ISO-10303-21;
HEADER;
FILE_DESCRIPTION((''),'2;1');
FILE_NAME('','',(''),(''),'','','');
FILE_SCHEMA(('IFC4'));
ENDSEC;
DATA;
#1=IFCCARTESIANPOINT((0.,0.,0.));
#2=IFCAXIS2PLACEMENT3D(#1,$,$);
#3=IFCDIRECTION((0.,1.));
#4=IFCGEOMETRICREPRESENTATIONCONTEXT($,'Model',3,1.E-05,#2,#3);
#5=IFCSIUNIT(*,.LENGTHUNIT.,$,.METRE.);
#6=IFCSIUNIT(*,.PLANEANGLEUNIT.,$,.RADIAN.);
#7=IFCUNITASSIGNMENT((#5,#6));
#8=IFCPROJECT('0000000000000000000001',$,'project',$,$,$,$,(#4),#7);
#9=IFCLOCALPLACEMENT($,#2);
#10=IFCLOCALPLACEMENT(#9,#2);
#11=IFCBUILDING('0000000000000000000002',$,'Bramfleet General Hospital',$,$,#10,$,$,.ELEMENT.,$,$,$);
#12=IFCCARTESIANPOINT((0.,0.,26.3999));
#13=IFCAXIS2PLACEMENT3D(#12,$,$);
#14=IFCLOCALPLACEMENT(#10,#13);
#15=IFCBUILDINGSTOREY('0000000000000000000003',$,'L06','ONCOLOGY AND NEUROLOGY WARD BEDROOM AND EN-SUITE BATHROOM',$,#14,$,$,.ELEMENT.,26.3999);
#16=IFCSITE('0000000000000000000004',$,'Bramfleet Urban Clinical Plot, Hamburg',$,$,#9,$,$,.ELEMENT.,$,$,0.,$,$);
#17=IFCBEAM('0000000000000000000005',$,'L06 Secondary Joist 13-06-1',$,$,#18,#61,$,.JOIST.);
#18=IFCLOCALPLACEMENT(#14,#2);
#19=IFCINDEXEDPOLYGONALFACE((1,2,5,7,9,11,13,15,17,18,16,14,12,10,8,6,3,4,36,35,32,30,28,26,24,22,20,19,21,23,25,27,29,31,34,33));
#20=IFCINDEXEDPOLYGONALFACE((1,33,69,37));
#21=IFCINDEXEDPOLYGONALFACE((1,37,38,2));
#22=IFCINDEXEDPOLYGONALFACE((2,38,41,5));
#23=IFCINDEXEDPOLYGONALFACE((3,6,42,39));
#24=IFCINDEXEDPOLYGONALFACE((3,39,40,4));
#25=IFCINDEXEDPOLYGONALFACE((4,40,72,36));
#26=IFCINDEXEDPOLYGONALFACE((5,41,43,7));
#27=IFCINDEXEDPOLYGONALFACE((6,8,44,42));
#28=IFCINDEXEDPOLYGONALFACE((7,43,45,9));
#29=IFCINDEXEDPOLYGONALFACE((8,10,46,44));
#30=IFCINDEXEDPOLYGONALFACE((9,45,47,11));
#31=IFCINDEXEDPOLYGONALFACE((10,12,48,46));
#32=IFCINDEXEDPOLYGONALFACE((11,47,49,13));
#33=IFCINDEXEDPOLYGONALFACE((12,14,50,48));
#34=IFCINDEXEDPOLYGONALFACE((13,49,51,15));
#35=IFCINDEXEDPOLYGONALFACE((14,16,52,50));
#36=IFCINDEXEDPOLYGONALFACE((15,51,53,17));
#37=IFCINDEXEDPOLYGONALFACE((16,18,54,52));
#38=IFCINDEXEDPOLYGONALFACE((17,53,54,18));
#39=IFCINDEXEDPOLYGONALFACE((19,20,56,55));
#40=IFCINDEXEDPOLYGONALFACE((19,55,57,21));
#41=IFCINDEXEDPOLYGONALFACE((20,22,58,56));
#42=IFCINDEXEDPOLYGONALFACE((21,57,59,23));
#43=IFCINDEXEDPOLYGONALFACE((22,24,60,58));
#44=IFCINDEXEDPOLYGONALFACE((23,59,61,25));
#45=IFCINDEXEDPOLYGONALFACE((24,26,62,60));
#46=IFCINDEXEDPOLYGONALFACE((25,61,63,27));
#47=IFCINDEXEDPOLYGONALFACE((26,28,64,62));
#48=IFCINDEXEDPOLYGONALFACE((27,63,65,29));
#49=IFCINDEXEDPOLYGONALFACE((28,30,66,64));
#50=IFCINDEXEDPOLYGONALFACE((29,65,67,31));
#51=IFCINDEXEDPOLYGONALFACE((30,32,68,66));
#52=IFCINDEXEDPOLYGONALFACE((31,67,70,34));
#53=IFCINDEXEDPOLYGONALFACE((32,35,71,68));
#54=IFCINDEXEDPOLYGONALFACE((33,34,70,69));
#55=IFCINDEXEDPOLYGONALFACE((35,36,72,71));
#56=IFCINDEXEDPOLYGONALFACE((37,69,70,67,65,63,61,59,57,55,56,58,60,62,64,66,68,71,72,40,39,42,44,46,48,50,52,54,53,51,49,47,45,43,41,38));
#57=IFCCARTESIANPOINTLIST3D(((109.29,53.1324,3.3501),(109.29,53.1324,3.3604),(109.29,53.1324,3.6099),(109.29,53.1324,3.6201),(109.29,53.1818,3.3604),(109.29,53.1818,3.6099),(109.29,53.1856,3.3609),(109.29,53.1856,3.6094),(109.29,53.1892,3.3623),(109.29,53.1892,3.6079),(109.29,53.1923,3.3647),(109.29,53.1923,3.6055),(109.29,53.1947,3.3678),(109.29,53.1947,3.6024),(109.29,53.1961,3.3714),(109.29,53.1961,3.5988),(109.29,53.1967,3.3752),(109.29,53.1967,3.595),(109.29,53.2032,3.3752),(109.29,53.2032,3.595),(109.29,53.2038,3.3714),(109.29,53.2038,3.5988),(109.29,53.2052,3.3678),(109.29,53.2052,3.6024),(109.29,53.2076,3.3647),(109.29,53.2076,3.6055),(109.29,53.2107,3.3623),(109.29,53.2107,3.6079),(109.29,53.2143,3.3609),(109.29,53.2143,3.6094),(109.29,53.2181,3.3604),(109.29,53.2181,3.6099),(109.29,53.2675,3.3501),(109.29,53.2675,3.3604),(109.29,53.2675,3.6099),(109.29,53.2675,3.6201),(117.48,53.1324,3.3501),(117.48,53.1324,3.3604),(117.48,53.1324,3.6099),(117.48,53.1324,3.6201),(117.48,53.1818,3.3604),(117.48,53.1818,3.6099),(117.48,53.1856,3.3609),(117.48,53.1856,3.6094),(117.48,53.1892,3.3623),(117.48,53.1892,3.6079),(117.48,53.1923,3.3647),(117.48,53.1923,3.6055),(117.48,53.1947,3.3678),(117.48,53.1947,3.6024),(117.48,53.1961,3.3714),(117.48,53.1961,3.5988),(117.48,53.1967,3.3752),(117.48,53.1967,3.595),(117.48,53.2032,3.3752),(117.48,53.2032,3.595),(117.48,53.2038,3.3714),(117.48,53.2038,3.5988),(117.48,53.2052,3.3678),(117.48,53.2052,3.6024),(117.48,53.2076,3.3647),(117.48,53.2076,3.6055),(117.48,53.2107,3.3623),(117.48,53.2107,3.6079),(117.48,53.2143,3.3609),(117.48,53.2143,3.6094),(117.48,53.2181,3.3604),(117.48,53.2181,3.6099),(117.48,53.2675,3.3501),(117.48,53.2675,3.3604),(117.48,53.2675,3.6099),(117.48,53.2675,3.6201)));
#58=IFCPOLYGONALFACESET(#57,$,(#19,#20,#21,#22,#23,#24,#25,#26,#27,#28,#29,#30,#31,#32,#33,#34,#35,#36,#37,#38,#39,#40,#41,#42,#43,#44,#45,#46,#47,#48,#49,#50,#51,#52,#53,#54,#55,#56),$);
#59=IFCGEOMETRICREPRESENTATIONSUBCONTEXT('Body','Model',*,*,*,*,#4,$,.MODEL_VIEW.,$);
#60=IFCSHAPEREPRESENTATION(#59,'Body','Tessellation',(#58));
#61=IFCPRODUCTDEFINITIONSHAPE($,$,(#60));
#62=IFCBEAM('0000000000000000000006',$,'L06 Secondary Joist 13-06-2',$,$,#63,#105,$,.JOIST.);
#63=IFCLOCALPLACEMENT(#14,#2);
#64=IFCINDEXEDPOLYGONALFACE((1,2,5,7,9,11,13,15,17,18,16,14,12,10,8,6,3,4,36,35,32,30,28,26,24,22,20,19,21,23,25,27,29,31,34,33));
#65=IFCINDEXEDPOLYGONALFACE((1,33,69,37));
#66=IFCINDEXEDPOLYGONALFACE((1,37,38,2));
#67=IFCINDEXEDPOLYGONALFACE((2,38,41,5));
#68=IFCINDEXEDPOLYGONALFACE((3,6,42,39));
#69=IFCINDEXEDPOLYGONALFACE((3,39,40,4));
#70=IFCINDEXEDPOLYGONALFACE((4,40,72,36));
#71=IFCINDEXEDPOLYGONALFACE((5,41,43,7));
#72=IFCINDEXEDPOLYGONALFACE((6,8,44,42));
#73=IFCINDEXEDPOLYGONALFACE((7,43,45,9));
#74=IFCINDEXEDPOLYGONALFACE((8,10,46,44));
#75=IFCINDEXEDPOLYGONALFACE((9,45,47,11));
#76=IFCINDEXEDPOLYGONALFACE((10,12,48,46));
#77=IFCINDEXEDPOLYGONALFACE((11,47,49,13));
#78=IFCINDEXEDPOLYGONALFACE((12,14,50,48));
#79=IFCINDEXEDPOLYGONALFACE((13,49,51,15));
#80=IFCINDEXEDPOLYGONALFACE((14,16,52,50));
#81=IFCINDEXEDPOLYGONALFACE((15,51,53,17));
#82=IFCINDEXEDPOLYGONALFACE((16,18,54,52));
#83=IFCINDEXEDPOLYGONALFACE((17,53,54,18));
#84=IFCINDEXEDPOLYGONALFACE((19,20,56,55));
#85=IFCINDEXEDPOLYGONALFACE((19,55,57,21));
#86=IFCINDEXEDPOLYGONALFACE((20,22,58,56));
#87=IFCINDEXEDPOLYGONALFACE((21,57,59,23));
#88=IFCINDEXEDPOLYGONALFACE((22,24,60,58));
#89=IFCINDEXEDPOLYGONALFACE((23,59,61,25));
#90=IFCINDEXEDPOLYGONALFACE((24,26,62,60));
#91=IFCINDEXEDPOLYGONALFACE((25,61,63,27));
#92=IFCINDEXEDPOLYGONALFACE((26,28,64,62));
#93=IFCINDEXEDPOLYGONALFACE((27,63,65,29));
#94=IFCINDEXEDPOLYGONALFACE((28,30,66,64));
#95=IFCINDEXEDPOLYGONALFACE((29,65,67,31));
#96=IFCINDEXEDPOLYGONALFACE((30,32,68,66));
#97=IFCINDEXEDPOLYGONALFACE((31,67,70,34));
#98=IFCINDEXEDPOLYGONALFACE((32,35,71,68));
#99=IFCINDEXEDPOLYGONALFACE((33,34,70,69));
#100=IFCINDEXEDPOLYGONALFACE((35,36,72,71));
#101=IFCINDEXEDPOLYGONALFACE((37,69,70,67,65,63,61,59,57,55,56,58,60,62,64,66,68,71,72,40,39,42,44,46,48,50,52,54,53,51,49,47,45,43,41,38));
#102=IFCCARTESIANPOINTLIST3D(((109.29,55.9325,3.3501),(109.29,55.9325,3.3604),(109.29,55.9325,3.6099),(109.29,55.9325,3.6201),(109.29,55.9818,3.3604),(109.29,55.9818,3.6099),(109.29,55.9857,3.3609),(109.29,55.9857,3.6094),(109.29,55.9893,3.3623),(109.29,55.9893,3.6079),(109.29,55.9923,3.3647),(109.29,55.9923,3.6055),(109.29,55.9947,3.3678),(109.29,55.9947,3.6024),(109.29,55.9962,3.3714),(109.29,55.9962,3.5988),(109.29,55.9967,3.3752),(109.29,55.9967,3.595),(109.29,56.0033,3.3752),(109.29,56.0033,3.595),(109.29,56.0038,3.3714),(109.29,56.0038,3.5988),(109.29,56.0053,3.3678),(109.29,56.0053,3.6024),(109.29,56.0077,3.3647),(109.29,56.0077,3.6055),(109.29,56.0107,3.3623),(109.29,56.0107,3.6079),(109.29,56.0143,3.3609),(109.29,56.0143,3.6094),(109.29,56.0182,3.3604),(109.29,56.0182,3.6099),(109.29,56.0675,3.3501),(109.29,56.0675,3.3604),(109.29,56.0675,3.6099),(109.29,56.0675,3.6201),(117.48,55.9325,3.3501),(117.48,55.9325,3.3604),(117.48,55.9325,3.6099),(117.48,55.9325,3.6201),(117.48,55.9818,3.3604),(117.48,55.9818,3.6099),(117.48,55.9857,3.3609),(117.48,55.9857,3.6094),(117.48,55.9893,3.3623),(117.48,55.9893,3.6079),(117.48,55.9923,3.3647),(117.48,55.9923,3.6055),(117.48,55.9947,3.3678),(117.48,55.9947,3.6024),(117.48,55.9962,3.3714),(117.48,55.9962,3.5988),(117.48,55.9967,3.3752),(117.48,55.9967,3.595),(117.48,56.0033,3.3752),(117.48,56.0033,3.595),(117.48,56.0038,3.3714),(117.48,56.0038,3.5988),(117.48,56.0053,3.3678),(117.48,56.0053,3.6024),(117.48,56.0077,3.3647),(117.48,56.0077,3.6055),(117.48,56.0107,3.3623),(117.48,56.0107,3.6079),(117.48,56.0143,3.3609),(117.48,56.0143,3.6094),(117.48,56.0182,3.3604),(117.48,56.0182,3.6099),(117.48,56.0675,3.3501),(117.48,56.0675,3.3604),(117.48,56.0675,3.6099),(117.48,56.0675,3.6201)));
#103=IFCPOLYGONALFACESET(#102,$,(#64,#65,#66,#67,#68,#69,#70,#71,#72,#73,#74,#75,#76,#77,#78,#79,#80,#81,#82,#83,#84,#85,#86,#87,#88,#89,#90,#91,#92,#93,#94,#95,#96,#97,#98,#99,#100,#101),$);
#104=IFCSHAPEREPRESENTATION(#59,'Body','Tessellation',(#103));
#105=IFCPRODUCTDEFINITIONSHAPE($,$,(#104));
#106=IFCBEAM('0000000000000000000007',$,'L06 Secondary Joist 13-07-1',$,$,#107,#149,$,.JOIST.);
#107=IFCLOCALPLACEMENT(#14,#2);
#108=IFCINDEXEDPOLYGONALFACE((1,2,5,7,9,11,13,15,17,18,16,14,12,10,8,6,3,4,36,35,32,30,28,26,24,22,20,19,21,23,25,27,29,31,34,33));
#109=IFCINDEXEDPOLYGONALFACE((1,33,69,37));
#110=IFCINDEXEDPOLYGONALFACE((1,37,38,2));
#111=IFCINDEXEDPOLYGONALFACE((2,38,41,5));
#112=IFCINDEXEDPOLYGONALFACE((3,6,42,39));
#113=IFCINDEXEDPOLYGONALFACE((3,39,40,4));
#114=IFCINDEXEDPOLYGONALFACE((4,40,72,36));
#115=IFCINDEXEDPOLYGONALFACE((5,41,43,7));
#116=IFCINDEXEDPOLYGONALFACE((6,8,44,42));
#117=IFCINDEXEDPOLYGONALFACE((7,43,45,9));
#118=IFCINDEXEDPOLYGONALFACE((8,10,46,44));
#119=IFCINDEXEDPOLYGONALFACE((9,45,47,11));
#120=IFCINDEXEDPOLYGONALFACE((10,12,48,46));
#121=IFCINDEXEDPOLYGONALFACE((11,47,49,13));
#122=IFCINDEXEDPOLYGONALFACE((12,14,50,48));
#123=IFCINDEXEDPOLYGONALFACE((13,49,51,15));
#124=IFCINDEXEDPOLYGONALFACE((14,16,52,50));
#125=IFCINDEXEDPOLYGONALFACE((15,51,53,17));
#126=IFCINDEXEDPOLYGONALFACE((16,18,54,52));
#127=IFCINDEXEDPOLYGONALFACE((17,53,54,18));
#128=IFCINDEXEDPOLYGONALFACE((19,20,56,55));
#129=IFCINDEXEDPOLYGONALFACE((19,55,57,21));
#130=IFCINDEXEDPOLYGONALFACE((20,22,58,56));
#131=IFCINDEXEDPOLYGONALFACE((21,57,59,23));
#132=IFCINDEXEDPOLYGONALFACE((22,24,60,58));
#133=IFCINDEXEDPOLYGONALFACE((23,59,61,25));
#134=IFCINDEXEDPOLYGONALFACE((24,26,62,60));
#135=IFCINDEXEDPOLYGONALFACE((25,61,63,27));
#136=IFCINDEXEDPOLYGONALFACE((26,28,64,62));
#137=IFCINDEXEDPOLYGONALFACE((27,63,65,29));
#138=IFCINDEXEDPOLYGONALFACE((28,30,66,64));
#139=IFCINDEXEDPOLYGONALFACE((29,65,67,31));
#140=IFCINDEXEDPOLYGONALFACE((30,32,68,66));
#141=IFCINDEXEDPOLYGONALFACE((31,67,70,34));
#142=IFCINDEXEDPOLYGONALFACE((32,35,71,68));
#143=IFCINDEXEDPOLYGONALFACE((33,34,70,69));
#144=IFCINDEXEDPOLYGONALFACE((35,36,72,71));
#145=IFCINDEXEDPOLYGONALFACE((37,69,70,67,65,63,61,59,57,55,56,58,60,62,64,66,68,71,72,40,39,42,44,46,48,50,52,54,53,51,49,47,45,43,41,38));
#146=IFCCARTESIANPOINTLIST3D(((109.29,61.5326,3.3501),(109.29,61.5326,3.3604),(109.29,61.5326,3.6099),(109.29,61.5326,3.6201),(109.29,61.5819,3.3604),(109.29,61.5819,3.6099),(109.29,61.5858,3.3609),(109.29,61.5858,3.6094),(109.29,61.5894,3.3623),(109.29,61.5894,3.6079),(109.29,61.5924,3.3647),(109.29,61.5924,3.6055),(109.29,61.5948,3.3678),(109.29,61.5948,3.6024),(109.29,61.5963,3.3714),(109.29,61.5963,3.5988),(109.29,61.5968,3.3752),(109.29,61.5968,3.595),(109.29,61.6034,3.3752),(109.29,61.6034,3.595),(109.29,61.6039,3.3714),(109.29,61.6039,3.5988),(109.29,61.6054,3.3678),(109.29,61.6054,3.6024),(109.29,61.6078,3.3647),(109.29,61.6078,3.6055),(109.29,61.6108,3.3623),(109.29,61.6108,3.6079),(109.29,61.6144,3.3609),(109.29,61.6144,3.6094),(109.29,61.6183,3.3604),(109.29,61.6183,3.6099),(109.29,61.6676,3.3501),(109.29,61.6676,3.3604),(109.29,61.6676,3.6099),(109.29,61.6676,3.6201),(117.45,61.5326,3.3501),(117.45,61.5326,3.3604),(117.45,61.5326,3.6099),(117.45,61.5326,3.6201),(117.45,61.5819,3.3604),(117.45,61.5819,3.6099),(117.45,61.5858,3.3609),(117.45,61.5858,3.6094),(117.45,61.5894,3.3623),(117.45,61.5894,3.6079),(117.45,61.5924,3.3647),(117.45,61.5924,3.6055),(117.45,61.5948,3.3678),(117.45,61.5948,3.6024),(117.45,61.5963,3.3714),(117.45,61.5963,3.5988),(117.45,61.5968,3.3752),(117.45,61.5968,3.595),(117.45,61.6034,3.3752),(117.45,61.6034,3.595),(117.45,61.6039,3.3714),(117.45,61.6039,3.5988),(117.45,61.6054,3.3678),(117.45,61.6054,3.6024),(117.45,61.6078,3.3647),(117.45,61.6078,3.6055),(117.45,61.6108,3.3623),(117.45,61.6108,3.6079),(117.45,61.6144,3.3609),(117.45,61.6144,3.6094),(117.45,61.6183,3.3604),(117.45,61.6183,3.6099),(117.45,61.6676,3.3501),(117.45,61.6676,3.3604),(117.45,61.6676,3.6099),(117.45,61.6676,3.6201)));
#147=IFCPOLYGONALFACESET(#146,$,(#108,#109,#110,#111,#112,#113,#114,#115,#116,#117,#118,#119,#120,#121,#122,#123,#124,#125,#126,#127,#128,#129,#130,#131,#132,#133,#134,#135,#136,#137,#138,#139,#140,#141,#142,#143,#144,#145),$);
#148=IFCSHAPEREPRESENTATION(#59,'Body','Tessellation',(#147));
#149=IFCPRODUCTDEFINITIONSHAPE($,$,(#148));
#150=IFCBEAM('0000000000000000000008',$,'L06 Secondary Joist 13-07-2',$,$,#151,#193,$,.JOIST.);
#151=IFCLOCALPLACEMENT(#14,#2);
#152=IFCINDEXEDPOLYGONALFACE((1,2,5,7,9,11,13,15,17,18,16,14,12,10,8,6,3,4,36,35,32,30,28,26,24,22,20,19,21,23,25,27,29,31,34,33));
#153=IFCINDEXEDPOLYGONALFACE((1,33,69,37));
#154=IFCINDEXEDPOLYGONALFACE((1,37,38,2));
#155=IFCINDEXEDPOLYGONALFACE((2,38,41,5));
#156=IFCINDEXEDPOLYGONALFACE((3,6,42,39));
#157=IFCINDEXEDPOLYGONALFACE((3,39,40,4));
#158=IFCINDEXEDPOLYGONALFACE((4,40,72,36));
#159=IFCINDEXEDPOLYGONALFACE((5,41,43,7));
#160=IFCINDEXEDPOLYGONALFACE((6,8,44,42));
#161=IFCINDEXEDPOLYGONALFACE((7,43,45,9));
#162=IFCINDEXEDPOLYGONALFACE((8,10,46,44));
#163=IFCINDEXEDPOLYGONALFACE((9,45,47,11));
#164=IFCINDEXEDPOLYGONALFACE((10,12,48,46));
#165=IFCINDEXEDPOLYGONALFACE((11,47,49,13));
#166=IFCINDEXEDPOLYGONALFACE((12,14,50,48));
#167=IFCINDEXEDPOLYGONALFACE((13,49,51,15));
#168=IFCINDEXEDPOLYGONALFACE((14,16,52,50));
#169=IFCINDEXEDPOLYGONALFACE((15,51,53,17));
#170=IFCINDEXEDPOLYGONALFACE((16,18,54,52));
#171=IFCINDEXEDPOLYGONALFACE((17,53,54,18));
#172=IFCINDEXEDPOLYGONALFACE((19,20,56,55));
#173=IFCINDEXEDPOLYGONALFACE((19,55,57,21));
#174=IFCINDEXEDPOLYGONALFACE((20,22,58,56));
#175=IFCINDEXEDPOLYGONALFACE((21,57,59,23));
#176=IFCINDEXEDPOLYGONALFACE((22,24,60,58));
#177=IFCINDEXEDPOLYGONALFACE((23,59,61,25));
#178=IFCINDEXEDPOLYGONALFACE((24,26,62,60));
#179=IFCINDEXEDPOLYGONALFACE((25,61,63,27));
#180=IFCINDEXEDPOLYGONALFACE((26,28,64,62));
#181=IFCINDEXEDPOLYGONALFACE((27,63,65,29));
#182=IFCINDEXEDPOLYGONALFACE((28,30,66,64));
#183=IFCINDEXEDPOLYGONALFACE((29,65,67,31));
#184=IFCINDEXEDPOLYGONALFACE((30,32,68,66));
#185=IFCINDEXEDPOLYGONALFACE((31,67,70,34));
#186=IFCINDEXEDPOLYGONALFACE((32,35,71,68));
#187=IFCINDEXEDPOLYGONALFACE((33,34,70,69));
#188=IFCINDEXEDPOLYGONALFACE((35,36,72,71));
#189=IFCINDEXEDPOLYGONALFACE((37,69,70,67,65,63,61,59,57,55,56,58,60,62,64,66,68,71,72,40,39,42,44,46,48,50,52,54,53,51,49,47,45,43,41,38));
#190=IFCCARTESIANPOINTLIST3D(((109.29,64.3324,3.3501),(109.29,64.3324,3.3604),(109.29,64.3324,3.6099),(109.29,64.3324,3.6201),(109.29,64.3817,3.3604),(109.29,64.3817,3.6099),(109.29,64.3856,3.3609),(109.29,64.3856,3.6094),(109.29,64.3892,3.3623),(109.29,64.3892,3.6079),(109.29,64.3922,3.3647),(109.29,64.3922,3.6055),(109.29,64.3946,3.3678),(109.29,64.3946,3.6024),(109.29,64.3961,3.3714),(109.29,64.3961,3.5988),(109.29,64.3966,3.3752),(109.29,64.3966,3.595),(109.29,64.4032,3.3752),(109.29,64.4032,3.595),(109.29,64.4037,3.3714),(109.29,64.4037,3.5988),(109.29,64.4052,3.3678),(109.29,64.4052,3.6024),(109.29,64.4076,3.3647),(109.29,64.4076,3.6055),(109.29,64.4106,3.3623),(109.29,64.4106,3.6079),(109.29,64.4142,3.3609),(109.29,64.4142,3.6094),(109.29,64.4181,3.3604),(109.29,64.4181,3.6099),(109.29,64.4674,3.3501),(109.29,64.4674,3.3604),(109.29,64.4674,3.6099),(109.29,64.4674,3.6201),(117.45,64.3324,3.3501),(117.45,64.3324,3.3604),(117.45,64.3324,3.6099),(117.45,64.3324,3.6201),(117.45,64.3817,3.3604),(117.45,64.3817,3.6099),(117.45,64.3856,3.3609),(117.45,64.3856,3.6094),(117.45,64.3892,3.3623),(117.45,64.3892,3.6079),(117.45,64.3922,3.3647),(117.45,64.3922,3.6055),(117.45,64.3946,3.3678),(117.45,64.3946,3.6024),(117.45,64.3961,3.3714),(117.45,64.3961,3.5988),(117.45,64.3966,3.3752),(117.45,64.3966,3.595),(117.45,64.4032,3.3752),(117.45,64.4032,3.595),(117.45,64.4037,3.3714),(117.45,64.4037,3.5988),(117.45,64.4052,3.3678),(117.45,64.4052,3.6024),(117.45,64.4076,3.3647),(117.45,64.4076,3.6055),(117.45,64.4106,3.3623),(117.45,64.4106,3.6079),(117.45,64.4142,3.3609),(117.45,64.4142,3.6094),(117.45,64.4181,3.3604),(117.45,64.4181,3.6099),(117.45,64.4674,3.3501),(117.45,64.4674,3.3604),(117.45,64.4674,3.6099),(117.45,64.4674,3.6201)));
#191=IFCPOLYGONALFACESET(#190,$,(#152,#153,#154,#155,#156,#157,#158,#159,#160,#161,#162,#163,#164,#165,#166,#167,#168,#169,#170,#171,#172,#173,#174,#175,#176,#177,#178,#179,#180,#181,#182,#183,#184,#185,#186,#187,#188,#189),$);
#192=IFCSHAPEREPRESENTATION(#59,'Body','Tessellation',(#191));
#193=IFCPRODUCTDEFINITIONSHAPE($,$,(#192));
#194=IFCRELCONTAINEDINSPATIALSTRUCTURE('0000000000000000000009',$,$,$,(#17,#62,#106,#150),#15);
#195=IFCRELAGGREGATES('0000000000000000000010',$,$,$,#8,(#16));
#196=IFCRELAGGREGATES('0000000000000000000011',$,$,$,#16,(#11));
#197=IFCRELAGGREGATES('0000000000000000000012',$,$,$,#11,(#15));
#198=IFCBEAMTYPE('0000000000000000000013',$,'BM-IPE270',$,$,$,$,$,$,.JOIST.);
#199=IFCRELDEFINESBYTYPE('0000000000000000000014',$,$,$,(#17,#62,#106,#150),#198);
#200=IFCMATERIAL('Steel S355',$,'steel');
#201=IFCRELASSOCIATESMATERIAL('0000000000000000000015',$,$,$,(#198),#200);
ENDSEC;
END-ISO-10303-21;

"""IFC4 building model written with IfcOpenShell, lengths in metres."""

from ifc_helpers import new_model, si_unit, direction, frame, origin, origin_2d, place, context, subcontext, project, spatial, i_section, extrude, material, material_profile, profile_set, type_object, element, save


model = new_model("IFC4")

# Units and contexts
model_context = context("Model", 3, precision=1e-05, world=origin(), true_north=direction((0.0, 1.0)))
body_context = subcontext(model_context, "Body", "Model", "MODEL_VIEW")
ifc_project = project(units=[si_unit("LENGTHUNIT", "METRE"), si_unit("PLANEANGLEUNIT", "RADIAN")], contexts=[model_context])

# Site, building, storey
site_placement = place(None, origin())
site = spatial("IfcSite", under=ifc_project, at=site_placement, Name="Bramfleet Urban Clinical Plot, Hamburg", CompositionType="ELEMENT", RefElevation=0.0)
building_placement = place(site_placement, origin())
building = spatial("IfcBuilding", under=site, at=building_placement, Name="Bramfleet General Hospital", CompositionType="ELEMENT")
storey_placement = place(building_placement, frame((0.0, 0.0, 26.3999)))
storey = spatial("IfcBuildingStorey", under=building, at=storey_placement, Name="L06", Description="ONCOLOGY AND NEUROLOGY WARD BEDROOM AND EN-SUITE BATHROOM", CompositionType="ELEMENT", Elevation=26.3999)

# Beams
ifc_material_1 = material(Name="Steel S355", Category="steel")
ifc_material_profile_1 = material_profile(ifc_material_1, i_section(OverallWidth=0.135, OverallDepth=0.27, WebThickness=0.0066, FlangeThickness=0.0103, FilletRadius=0.0149, at=origin_2d()), Name="IPE 270")
ifc_profile_set_1 = profile_set([ifc_material_profile_1], Name="Steel S355")
beam_type_1 = type_object("IfcBeamType", Name="BM-IPE270", PredefinedType="JOIST", material=ifc_profile_set_1)
for number, where, z_axis, x_axis, name in (
    (1, (109.29, 53.2, 3.4851), (1.0, 0.0, 0.0), (0.0, 1.0, 0.0), "L06 Secondary Joist 13-06-1"),
    (2, (109.29, 56.0, 3.4851), (1.0, 0.0, 0.0), (0.0, 1.0, 0.0), "L06 Secondary Joist 13-06-2"),
):
    element("IfcBeam", number, at=place(storey_placement, frame(where, z_axis=z_axis, x_axis=x_axis)), inside=storey, type_object=beam_type_1, Name=name, PredefinedType="JOIST", context=body_context, shape_type="SweptSolid", body=[
        extrude(i_section(OverallWidth=0.135, OverallDepth=0.27, WebThickness=0.0066, FlangeThickness=0.0103, FilletRadius=0.0149, at=origin_2d()), origin(), (0.0, 0.0, 1.0), 8.1899),
    ])
for number, where, z_axis, x_axis, name in (
    (3, (109.29, 61.6001, 3.4851), (1.0, 0.0, 0.0), (0.0, 1.0, 0.0), "L06 Secondary Joist 13-07-1"),
    (4, (109.29, 64.3999, 3.4851), (1.0, 0.0, 0.0), (0.0, 1.0, 0.0), "L06 Secondary Joist 13-07-2"),
):
    element("IfcBeam", number, at=place(storey_placement, frame(where, z_axis=z_axis, x_axis=x_axis)), inside=storey, type_object=beam_type_1, Name=name, PredefinedType="JOIST", context=body_context, shape_type="SweptSolid", body=[
        extrude(i_section(OverallWidth=0.135, OverallDepth=0.27, WebThickness=0.0066, FlangeThickness=0.0103, FilletRadius=0.0149, at=origin_2d()), origin(), (0.0, 0.0, 1.0), 8.1599),
    ])

save(model, "model.ifc")
